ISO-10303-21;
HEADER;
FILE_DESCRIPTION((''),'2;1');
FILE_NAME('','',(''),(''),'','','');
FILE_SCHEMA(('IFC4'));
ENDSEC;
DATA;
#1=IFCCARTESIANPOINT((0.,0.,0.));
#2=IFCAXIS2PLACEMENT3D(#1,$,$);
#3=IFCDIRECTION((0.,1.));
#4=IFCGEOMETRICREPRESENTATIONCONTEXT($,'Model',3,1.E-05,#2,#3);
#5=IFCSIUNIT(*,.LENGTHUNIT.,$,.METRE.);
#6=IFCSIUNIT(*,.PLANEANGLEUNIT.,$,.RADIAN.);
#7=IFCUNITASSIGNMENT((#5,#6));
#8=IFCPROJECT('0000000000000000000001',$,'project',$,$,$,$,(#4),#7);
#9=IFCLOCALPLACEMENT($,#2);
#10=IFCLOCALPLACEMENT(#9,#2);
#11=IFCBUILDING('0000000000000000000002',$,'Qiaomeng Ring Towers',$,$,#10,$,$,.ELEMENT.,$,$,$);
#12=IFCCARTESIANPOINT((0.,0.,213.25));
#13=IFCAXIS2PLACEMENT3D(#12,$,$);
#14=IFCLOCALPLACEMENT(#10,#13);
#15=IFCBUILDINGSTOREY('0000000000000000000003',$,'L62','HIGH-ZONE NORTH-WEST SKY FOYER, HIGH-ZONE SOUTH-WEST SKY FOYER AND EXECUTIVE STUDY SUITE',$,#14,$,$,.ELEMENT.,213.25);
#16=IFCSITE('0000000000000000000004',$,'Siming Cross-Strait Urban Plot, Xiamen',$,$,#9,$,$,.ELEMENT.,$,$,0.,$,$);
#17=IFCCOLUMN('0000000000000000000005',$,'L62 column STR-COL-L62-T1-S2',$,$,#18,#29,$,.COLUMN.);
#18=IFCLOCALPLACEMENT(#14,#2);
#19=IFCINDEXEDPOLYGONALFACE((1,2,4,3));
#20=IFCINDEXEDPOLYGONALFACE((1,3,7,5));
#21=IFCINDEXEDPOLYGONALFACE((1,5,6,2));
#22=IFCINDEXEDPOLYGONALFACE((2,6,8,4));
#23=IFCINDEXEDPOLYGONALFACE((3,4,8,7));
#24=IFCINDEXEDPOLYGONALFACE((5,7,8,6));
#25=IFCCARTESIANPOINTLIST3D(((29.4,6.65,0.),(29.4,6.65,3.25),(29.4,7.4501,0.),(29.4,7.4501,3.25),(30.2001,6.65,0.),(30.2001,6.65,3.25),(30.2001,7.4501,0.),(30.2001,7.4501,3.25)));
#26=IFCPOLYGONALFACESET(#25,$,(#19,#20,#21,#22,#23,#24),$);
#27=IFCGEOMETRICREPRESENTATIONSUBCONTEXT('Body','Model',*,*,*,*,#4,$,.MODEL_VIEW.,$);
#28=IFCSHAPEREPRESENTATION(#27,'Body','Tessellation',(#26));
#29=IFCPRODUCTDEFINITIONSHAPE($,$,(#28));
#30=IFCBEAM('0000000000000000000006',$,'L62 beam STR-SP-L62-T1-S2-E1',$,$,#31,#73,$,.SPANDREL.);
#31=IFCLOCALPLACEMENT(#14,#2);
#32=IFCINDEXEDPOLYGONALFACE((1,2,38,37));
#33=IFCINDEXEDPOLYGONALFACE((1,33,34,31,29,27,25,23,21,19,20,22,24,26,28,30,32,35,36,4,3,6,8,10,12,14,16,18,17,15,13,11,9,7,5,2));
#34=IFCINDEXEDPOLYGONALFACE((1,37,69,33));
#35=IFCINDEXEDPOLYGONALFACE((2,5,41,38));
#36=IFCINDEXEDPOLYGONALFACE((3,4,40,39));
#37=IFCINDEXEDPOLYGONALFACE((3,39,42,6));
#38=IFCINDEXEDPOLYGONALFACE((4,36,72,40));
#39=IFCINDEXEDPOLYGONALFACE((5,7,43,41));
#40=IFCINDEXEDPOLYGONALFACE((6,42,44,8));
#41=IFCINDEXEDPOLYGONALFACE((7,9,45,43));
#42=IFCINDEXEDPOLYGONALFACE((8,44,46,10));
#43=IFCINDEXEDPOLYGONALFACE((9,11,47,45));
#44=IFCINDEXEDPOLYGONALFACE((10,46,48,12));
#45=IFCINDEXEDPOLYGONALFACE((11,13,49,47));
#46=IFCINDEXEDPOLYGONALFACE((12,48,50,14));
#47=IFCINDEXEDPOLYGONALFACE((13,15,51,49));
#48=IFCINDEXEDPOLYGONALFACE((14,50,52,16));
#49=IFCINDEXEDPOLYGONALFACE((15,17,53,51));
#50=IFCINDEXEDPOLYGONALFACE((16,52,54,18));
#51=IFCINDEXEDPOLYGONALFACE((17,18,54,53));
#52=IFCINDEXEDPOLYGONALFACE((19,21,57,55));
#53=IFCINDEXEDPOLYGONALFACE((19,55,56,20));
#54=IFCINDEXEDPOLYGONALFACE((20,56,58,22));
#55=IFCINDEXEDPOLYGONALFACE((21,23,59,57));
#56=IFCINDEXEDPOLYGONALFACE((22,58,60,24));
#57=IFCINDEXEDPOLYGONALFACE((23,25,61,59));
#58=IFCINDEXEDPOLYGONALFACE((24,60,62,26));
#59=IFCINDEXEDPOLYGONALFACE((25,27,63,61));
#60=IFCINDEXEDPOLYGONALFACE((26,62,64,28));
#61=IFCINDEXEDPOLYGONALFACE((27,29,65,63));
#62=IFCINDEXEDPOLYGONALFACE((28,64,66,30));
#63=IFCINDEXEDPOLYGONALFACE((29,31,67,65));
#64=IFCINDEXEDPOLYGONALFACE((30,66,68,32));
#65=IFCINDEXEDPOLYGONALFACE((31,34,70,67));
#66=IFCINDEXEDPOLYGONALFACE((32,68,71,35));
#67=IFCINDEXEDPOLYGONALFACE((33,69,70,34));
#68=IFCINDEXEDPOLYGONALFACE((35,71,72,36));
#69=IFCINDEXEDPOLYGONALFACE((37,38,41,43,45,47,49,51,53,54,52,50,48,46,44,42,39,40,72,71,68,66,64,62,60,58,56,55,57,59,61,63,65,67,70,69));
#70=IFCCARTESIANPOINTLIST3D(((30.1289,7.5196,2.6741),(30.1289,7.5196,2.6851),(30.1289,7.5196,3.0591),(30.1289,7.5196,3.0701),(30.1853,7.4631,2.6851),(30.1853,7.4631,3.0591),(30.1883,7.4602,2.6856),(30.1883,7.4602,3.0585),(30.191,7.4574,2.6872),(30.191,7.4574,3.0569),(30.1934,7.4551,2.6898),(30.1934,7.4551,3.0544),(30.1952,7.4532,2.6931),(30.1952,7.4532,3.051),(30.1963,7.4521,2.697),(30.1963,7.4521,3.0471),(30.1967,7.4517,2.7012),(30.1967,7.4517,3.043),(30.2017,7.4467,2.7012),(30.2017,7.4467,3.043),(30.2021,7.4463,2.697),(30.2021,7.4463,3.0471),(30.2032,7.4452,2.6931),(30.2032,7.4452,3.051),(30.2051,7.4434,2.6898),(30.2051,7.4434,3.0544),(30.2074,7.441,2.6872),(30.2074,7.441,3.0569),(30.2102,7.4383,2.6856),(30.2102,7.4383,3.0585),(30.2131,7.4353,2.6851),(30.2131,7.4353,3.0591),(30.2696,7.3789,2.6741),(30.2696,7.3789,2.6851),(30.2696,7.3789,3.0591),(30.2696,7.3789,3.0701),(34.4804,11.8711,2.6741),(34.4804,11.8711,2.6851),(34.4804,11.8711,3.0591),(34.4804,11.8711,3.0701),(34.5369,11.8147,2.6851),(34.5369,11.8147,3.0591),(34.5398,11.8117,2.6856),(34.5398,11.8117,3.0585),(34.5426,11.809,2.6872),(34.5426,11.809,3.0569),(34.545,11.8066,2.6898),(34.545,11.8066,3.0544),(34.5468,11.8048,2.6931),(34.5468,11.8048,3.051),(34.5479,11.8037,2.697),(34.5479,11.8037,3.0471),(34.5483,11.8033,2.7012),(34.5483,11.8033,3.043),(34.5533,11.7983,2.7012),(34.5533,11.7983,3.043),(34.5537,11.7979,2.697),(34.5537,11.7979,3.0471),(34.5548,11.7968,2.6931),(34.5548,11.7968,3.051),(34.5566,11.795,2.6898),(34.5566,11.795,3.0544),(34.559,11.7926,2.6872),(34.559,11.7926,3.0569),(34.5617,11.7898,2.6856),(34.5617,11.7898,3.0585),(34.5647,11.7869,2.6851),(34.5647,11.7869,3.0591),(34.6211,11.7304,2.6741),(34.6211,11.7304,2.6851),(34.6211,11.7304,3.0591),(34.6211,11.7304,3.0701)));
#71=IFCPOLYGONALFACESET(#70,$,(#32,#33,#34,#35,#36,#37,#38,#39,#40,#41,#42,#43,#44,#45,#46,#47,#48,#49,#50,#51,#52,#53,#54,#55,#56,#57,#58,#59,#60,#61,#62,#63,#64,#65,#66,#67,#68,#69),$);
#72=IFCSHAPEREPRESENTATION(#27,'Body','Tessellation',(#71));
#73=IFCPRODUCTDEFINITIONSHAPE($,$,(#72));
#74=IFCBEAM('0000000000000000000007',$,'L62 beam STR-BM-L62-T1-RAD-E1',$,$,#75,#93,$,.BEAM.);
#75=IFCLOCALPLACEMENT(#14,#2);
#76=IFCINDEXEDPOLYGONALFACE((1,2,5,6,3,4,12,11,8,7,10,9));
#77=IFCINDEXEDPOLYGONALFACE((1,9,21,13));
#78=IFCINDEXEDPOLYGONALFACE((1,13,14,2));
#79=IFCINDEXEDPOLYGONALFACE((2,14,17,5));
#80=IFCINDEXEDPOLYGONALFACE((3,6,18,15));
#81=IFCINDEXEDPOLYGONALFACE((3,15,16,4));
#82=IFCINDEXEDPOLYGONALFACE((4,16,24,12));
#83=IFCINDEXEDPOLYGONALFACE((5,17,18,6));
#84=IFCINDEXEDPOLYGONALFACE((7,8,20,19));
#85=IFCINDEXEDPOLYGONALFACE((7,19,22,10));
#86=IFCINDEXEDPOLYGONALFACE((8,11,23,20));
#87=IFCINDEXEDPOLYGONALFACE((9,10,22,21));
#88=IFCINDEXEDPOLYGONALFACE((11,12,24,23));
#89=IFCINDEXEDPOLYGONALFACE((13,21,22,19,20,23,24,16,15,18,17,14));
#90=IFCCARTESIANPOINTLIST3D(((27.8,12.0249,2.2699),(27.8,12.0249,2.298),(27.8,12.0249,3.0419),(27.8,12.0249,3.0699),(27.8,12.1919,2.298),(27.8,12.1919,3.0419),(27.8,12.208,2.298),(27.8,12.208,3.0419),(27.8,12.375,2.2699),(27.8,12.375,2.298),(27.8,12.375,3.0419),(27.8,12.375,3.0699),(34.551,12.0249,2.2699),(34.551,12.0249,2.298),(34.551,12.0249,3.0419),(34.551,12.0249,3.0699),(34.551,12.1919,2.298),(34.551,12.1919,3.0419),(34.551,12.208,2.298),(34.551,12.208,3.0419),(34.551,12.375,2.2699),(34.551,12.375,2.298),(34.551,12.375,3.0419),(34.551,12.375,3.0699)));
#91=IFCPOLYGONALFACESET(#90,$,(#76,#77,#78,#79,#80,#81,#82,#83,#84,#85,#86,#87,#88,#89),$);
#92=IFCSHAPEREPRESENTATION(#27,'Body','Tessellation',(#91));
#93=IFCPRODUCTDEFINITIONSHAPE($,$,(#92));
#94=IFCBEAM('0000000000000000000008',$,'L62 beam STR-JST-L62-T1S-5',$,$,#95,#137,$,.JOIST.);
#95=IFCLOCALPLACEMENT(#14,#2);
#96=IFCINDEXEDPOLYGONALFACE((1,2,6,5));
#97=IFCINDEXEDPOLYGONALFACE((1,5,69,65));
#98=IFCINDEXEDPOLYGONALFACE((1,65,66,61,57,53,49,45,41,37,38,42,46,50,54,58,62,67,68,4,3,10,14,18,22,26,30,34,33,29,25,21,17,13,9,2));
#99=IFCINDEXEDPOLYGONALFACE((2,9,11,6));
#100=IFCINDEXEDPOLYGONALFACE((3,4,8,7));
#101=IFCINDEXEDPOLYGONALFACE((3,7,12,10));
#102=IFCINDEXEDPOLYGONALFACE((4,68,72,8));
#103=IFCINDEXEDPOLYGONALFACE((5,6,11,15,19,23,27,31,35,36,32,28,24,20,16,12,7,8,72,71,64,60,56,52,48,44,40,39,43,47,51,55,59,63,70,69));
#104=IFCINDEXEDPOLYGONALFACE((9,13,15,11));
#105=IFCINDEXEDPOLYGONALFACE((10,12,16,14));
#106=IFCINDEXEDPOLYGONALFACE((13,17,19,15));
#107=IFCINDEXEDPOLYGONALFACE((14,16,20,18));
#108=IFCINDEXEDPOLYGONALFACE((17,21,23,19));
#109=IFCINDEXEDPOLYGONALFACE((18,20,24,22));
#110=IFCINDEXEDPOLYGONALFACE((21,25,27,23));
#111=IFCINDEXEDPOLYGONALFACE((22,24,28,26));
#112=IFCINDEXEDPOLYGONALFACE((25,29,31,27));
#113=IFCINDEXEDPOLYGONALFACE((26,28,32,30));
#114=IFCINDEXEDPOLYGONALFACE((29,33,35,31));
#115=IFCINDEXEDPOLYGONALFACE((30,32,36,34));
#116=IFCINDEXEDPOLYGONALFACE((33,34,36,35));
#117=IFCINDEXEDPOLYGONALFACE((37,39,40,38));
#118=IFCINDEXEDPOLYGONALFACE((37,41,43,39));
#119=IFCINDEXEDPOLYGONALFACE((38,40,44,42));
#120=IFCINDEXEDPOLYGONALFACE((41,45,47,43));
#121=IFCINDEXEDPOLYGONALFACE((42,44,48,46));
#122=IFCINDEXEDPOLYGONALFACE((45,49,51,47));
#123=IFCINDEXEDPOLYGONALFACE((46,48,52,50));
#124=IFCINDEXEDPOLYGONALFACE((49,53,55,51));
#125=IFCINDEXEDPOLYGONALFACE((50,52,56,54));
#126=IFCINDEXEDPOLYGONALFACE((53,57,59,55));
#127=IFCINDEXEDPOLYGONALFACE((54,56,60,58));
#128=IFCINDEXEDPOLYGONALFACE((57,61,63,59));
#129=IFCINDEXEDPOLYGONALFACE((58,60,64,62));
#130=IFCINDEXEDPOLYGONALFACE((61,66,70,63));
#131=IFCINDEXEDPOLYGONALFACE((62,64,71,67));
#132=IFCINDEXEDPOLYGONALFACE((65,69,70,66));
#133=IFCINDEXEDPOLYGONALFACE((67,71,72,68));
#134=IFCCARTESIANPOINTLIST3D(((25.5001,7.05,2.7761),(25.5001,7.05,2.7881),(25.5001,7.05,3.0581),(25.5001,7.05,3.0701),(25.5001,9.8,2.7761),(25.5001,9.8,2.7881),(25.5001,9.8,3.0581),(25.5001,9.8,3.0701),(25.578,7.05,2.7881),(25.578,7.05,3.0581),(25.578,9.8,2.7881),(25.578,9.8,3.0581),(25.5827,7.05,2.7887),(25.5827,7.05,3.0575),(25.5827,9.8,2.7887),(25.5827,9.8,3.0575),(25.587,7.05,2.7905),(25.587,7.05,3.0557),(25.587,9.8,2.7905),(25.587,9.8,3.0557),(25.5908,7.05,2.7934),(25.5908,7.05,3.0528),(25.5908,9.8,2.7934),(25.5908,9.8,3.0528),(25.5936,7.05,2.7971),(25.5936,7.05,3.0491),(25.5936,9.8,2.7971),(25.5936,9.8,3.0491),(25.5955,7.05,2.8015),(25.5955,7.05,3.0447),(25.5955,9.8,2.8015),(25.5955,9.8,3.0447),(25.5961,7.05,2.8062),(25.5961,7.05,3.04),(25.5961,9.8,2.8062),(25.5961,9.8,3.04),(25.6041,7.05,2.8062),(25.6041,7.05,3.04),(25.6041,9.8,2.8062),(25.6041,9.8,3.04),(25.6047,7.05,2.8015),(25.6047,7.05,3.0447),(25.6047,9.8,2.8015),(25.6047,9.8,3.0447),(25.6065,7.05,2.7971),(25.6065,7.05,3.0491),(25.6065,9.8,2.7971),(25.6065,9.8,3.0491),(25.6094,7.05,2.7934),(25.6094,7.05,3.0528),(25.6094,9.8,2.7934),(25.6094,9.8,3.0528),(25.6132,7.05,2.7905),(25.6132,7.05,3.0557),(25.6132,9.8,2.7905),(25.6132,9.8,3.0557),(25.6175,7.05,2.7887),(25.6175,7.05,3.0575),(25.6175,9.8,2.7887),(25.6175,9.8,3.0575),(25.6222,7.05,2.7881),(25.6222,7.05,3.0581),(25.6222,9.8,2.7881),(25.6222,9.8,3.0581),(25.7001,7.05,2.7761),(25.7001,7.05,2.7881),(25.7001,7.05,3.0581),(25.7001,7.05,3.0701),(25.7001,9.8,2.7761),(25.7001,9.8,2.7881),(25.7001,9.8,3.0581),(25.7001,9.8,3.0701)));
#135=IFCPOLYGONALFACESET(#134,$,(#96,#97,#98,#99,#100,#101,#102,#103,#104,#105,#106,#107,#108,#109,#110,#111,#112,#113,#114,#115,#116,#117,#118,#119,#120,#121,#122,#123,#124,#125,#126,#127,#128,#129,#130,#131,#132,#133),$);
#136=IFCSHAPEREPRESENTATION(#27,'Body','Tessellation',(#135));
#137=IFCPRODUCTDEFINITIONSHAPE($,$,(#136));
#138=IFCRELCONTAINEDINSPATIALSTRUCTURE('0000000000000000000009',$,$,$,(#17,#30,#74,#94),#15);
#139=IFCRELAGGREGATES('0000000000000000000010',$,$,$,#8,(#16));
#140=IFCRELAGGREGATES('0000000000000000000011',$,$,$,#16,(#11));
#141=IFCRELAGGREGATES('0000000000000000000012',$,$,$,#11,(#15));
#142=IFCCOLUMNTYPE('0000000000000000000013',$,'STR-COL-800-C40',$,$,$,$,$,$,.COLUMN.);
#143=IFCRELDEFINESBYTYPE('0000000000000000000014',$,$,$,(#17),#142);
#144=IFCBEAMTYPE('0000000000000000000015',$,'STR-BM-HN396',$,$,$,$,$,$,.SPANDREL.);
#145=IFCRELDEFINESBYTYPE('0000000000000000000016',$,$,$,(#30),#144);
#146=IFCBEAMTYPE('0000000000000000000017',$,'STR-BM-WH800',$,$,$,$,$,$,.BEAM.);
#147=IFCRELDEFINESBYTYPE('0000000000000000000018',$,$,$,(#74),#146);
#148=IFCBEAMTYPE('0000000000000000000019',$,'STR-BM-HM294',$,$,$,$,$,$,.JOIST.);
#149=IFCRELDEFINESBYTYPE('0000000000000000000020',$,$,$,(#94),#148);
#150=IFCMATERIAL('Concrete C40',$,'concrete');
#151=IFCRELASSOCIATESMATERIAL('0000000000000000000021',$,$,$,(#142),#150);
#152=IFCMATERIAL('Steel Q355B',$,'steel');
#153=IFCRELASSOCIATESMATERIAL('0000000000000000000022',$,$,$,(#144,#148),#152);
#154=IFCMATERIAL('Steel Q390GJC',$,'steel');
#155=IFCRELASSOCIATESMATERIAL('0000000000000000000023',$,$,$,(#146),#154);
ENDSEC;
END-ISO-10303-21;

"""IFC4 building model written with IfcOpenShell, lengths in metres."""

from ifc_helpers import new_model, si_unit, direction, frame, origin, origin_2d, place, context, subcontext, project, spatial, rectangle, i_section, extrude, source, transform, mapped, material, material_profile, profile_set, type_object, element, save


model = new_model("IFC4")

# Units and contexts
model_context = context("Model", 3, precision=1e-05, world=origin(), true_north=direction((0.0, 1.0)))
body_context = subcontext(model_context, "Body", "Model", "MODEL_VIEW")
ifc_project = project(units=[si_unit("LENGTHUNIT", "METRE"), si_unit("PLANEANGLEUNIT", "RADIAN")], contexts=[model_context])

# Site, building, storey
site_placement = place(None, origin())
site = spatial("IfcSite", under=ifc_project, at=site_placement, Name="Siming Cross-Strait Urban Plot, Xiamen", CompositionType="ELEMENT", RefElevation=0.0)
building_placement = place(site_placement, origin())
building = spatial("IfcBuilding", under=site, at=building_placement, Name="Qiaomeng Ring Towers", CompositionType="ELEMENT")
storey_placement = place(building_placement, frame((0.0, 0.0, 213.25)))
storey = spatial("IfcBuildingStorey", under=building, at=storey_placement, Name="L62", Description="HIGH-ZONE NORTH-WEST SKY FOYER, HIGH-ZONE SOUTH-WEST SKY FOYER AND EXECUTIVE STUDY SUITE", CompositionType="ELEMENT", Elevation=213.25)

# Column
ifc_material_1 = material(Name="Concrete C40", Category="concrete")
ifc_material_profile_1 = material_profile(ifc_material_1, rectangle(XDim=0.8, YDim=0.8, at=origin_2d()), Name="RC COL 800x800")
ifc_profile_set_1 = profile_set([ifc_material_profile_1], Name="Concrete C40")
column_type = type_object("IfcColumnType", Name="STR-COL-800-C40", PredefinedType="COLUMN", material=ifc_profile_set_1)
shared_shape_1 = source(origin(), body_context, "Body", "SweptSolid", [
    extrude(rectangle(XDim=0.8, YDim=0.8, at=origin_2d()), origin(), (0.0, 0.0, 1.0), 3.25),
])
column_placement = place(storey_placement, frame((29.8, 7.05, 0.0), z_axis=(0.0, 0.0, 1.0), x_axis=(1.0, 0.0, 0.0)))
element("IfcColumn", 1, at=column_placement, inside=storey, type_object=column_type, Name="L62 column STR-COL-L62-T1-S2", PredefinedType="COLUMN", context=body_context, shape_type="MappedRepresentation", body=[
    mapped(shared_shape_1, transform((0.0, 0.0, 0.0), x_axis=(1.0, 0.0, 0.0), y_axis=(0.0, 1.0, 0.0), z_axis=(0.0, 0.0, 1.0), scale=1.0)),
])

# Beams
ifc_material_2 = material(Name="Steel Q355B", Category="steel")
ifc_material_profile_2 = material_profile(ifc_material_2, i_section(OverallWidth=0.199, OverallDepth=0.396, WebThickness=0.0071, FlangeThickness=0.011, FilletRadius=0.0161, at=origin_2d()), Name="HN 396x199x7x11")
ifc_profile_set_2 = profile_set([ifc_material_profile_2], Name="Steel Q355B")
beam_type_1 = type_object("IfcBeamType", Name="STR-BM-HN396", PredefinedType="SPANDREL", material=ifc_profile_set_2)
shared_shape_2 = source(origin(), body_context, "Body", "SweptSolid", [
    extrude(i_section(OverallWidth=0.199, OverallDepth=0.396, WebThickness=0.0071, FlangeThickness=0.011, FilletRadius=0.0161, at=origin_2d()), origin(), (0.0, 0.0, 1.0), 6.1541),
])
beam_1_placement = place(storey_placement, frame((30.1992, 7.4492, 2.8721), z_axis=(0.707107, 0.707107, 0.0), x_axis=(-0.707107, 0.707107, 0.0)))
element("IfcBeam", 2, at=beam_1_placement, inside=storey, type_object=beam_type_1, Name="L62 beam STR-SP-L62-T1-S2-E1", PredefinedType="SPANDREL", context=body_context, shape_type="MappedRepresentation", body=[
    mapped(shared_shape_2, transform((0.0, 0.0, 0.0), x_axis=(1.0, 0.0, 0.0), y_axis=(0.0, 1.0, 0.0), z_axis=(0.0, 0.0, 1.0), scale=1.0)),
])
ifc_material_3 = material(Name="Steel Q390GJC", Category="steel")
ifc_material_profile_3 = material_profile(ifc_material_3, i_section(OverallWidth=0.3501, OverallDepth=0.8, WebThickness=0.0161, FlangeThickness=0.0281, at=origin_2d()), Name="WH 800x350x16x28")
ifc_profile_set_3 = profile_set([ifc_material_profile_3], Name="Steel Q390GJC")
beam_type_2 = type_object("IfcBeamType", Name="STR-BM-WH800", PredefinedType="BEAM", material=ifc_profile_set_3)
shared_shape_3 = source(origin(), body_context, "Body", "SweptSolid", [
    extrude(i_section(OverallWidth=0.3501, OverallDepth=0.8, WebThickness=0.0161, FlangeThickness=0.0281, at=origin_2d()), origin(), (0.0, 0.0, 1.0), 6.751),
])
beam_2_placement = place(storey_placement, frame((27.8, 12.2, 2.6699), z_axis=(1.0, 0.0, 0.0), x_axis=(0.0, 1.0, 0.0)))
element("IfcBeam", 3, at=beam_2_placement, inside=storey, type_object=beam_type_2, Name="L62 beam STR-BM-L62-T1-RAD-E1", PredefinedType="BEAM", context=body_context, shape_type="MappedRepresentation", body=[
    mapped(shared_shape_3, transform((0.0, 0.0, 0.0), x_axis=(1.0, 0.0, 0.0), y_axis=(0.0, 1.0, 0.0), z_axis=(0.0, 0.0, 1.0), scale=1.0)),
])
ifc_material_profile_4 = material_profile(ifc_material_2, i_section(OverallWidth=0.2, OverallDepth=0.2939, WebThickness=0.0081, FlangeThickness=0.012, FilletRadius=0.0181, at=origin_2d()), Name="HM 294x200x8x12")
ifc_profile_set_4 = profile_set([ifc_material_profile_4], Name="Steel Q355B")
beam_type_3 = type_object("IfcBeamType", Name="STR-BM-HM294", PredefinedType="JOIST", material=ifc_profile_set_4)
shared_shape_4 = source(origin(), body_context, "Body", "SweptSolid", [
    extrude(i_section(OverallWidth=0.2, OverallDepth=0.2939, WebThickness=0.0081, FlangeThickness=0.012, FilletRadius=0.0181, at=origin_2d()), origin(), (0.0, 0.0, 1.0), 2.75),
])
beam_3_placement = place(storey_placement, frame((25.6001, 7.05, 2.9231), z_axis=(0.0, 1.0, 0.0), x_axis=(-1.0, 0.0, 0.0)))
element("IfcBeam", 4, at=beam_3_placement, inside=storey, type_object=beam_type_3, Name="L62 beam STR-JST-L62-T1S-5", PredefinedType="JOIST", context=body_context, shape_type="MappedRepresentation", body=[
    mapped(shared_shape_4, transform((0.0, 0.0, 0.0), x_axis=(1.0, 0.0, 0.0), y_axis=(0.0, 1.0, 0.0), z_axis=(0.0, 0.0, 1.0), scale=1.0)),
])

save(model, "model.ifc")
